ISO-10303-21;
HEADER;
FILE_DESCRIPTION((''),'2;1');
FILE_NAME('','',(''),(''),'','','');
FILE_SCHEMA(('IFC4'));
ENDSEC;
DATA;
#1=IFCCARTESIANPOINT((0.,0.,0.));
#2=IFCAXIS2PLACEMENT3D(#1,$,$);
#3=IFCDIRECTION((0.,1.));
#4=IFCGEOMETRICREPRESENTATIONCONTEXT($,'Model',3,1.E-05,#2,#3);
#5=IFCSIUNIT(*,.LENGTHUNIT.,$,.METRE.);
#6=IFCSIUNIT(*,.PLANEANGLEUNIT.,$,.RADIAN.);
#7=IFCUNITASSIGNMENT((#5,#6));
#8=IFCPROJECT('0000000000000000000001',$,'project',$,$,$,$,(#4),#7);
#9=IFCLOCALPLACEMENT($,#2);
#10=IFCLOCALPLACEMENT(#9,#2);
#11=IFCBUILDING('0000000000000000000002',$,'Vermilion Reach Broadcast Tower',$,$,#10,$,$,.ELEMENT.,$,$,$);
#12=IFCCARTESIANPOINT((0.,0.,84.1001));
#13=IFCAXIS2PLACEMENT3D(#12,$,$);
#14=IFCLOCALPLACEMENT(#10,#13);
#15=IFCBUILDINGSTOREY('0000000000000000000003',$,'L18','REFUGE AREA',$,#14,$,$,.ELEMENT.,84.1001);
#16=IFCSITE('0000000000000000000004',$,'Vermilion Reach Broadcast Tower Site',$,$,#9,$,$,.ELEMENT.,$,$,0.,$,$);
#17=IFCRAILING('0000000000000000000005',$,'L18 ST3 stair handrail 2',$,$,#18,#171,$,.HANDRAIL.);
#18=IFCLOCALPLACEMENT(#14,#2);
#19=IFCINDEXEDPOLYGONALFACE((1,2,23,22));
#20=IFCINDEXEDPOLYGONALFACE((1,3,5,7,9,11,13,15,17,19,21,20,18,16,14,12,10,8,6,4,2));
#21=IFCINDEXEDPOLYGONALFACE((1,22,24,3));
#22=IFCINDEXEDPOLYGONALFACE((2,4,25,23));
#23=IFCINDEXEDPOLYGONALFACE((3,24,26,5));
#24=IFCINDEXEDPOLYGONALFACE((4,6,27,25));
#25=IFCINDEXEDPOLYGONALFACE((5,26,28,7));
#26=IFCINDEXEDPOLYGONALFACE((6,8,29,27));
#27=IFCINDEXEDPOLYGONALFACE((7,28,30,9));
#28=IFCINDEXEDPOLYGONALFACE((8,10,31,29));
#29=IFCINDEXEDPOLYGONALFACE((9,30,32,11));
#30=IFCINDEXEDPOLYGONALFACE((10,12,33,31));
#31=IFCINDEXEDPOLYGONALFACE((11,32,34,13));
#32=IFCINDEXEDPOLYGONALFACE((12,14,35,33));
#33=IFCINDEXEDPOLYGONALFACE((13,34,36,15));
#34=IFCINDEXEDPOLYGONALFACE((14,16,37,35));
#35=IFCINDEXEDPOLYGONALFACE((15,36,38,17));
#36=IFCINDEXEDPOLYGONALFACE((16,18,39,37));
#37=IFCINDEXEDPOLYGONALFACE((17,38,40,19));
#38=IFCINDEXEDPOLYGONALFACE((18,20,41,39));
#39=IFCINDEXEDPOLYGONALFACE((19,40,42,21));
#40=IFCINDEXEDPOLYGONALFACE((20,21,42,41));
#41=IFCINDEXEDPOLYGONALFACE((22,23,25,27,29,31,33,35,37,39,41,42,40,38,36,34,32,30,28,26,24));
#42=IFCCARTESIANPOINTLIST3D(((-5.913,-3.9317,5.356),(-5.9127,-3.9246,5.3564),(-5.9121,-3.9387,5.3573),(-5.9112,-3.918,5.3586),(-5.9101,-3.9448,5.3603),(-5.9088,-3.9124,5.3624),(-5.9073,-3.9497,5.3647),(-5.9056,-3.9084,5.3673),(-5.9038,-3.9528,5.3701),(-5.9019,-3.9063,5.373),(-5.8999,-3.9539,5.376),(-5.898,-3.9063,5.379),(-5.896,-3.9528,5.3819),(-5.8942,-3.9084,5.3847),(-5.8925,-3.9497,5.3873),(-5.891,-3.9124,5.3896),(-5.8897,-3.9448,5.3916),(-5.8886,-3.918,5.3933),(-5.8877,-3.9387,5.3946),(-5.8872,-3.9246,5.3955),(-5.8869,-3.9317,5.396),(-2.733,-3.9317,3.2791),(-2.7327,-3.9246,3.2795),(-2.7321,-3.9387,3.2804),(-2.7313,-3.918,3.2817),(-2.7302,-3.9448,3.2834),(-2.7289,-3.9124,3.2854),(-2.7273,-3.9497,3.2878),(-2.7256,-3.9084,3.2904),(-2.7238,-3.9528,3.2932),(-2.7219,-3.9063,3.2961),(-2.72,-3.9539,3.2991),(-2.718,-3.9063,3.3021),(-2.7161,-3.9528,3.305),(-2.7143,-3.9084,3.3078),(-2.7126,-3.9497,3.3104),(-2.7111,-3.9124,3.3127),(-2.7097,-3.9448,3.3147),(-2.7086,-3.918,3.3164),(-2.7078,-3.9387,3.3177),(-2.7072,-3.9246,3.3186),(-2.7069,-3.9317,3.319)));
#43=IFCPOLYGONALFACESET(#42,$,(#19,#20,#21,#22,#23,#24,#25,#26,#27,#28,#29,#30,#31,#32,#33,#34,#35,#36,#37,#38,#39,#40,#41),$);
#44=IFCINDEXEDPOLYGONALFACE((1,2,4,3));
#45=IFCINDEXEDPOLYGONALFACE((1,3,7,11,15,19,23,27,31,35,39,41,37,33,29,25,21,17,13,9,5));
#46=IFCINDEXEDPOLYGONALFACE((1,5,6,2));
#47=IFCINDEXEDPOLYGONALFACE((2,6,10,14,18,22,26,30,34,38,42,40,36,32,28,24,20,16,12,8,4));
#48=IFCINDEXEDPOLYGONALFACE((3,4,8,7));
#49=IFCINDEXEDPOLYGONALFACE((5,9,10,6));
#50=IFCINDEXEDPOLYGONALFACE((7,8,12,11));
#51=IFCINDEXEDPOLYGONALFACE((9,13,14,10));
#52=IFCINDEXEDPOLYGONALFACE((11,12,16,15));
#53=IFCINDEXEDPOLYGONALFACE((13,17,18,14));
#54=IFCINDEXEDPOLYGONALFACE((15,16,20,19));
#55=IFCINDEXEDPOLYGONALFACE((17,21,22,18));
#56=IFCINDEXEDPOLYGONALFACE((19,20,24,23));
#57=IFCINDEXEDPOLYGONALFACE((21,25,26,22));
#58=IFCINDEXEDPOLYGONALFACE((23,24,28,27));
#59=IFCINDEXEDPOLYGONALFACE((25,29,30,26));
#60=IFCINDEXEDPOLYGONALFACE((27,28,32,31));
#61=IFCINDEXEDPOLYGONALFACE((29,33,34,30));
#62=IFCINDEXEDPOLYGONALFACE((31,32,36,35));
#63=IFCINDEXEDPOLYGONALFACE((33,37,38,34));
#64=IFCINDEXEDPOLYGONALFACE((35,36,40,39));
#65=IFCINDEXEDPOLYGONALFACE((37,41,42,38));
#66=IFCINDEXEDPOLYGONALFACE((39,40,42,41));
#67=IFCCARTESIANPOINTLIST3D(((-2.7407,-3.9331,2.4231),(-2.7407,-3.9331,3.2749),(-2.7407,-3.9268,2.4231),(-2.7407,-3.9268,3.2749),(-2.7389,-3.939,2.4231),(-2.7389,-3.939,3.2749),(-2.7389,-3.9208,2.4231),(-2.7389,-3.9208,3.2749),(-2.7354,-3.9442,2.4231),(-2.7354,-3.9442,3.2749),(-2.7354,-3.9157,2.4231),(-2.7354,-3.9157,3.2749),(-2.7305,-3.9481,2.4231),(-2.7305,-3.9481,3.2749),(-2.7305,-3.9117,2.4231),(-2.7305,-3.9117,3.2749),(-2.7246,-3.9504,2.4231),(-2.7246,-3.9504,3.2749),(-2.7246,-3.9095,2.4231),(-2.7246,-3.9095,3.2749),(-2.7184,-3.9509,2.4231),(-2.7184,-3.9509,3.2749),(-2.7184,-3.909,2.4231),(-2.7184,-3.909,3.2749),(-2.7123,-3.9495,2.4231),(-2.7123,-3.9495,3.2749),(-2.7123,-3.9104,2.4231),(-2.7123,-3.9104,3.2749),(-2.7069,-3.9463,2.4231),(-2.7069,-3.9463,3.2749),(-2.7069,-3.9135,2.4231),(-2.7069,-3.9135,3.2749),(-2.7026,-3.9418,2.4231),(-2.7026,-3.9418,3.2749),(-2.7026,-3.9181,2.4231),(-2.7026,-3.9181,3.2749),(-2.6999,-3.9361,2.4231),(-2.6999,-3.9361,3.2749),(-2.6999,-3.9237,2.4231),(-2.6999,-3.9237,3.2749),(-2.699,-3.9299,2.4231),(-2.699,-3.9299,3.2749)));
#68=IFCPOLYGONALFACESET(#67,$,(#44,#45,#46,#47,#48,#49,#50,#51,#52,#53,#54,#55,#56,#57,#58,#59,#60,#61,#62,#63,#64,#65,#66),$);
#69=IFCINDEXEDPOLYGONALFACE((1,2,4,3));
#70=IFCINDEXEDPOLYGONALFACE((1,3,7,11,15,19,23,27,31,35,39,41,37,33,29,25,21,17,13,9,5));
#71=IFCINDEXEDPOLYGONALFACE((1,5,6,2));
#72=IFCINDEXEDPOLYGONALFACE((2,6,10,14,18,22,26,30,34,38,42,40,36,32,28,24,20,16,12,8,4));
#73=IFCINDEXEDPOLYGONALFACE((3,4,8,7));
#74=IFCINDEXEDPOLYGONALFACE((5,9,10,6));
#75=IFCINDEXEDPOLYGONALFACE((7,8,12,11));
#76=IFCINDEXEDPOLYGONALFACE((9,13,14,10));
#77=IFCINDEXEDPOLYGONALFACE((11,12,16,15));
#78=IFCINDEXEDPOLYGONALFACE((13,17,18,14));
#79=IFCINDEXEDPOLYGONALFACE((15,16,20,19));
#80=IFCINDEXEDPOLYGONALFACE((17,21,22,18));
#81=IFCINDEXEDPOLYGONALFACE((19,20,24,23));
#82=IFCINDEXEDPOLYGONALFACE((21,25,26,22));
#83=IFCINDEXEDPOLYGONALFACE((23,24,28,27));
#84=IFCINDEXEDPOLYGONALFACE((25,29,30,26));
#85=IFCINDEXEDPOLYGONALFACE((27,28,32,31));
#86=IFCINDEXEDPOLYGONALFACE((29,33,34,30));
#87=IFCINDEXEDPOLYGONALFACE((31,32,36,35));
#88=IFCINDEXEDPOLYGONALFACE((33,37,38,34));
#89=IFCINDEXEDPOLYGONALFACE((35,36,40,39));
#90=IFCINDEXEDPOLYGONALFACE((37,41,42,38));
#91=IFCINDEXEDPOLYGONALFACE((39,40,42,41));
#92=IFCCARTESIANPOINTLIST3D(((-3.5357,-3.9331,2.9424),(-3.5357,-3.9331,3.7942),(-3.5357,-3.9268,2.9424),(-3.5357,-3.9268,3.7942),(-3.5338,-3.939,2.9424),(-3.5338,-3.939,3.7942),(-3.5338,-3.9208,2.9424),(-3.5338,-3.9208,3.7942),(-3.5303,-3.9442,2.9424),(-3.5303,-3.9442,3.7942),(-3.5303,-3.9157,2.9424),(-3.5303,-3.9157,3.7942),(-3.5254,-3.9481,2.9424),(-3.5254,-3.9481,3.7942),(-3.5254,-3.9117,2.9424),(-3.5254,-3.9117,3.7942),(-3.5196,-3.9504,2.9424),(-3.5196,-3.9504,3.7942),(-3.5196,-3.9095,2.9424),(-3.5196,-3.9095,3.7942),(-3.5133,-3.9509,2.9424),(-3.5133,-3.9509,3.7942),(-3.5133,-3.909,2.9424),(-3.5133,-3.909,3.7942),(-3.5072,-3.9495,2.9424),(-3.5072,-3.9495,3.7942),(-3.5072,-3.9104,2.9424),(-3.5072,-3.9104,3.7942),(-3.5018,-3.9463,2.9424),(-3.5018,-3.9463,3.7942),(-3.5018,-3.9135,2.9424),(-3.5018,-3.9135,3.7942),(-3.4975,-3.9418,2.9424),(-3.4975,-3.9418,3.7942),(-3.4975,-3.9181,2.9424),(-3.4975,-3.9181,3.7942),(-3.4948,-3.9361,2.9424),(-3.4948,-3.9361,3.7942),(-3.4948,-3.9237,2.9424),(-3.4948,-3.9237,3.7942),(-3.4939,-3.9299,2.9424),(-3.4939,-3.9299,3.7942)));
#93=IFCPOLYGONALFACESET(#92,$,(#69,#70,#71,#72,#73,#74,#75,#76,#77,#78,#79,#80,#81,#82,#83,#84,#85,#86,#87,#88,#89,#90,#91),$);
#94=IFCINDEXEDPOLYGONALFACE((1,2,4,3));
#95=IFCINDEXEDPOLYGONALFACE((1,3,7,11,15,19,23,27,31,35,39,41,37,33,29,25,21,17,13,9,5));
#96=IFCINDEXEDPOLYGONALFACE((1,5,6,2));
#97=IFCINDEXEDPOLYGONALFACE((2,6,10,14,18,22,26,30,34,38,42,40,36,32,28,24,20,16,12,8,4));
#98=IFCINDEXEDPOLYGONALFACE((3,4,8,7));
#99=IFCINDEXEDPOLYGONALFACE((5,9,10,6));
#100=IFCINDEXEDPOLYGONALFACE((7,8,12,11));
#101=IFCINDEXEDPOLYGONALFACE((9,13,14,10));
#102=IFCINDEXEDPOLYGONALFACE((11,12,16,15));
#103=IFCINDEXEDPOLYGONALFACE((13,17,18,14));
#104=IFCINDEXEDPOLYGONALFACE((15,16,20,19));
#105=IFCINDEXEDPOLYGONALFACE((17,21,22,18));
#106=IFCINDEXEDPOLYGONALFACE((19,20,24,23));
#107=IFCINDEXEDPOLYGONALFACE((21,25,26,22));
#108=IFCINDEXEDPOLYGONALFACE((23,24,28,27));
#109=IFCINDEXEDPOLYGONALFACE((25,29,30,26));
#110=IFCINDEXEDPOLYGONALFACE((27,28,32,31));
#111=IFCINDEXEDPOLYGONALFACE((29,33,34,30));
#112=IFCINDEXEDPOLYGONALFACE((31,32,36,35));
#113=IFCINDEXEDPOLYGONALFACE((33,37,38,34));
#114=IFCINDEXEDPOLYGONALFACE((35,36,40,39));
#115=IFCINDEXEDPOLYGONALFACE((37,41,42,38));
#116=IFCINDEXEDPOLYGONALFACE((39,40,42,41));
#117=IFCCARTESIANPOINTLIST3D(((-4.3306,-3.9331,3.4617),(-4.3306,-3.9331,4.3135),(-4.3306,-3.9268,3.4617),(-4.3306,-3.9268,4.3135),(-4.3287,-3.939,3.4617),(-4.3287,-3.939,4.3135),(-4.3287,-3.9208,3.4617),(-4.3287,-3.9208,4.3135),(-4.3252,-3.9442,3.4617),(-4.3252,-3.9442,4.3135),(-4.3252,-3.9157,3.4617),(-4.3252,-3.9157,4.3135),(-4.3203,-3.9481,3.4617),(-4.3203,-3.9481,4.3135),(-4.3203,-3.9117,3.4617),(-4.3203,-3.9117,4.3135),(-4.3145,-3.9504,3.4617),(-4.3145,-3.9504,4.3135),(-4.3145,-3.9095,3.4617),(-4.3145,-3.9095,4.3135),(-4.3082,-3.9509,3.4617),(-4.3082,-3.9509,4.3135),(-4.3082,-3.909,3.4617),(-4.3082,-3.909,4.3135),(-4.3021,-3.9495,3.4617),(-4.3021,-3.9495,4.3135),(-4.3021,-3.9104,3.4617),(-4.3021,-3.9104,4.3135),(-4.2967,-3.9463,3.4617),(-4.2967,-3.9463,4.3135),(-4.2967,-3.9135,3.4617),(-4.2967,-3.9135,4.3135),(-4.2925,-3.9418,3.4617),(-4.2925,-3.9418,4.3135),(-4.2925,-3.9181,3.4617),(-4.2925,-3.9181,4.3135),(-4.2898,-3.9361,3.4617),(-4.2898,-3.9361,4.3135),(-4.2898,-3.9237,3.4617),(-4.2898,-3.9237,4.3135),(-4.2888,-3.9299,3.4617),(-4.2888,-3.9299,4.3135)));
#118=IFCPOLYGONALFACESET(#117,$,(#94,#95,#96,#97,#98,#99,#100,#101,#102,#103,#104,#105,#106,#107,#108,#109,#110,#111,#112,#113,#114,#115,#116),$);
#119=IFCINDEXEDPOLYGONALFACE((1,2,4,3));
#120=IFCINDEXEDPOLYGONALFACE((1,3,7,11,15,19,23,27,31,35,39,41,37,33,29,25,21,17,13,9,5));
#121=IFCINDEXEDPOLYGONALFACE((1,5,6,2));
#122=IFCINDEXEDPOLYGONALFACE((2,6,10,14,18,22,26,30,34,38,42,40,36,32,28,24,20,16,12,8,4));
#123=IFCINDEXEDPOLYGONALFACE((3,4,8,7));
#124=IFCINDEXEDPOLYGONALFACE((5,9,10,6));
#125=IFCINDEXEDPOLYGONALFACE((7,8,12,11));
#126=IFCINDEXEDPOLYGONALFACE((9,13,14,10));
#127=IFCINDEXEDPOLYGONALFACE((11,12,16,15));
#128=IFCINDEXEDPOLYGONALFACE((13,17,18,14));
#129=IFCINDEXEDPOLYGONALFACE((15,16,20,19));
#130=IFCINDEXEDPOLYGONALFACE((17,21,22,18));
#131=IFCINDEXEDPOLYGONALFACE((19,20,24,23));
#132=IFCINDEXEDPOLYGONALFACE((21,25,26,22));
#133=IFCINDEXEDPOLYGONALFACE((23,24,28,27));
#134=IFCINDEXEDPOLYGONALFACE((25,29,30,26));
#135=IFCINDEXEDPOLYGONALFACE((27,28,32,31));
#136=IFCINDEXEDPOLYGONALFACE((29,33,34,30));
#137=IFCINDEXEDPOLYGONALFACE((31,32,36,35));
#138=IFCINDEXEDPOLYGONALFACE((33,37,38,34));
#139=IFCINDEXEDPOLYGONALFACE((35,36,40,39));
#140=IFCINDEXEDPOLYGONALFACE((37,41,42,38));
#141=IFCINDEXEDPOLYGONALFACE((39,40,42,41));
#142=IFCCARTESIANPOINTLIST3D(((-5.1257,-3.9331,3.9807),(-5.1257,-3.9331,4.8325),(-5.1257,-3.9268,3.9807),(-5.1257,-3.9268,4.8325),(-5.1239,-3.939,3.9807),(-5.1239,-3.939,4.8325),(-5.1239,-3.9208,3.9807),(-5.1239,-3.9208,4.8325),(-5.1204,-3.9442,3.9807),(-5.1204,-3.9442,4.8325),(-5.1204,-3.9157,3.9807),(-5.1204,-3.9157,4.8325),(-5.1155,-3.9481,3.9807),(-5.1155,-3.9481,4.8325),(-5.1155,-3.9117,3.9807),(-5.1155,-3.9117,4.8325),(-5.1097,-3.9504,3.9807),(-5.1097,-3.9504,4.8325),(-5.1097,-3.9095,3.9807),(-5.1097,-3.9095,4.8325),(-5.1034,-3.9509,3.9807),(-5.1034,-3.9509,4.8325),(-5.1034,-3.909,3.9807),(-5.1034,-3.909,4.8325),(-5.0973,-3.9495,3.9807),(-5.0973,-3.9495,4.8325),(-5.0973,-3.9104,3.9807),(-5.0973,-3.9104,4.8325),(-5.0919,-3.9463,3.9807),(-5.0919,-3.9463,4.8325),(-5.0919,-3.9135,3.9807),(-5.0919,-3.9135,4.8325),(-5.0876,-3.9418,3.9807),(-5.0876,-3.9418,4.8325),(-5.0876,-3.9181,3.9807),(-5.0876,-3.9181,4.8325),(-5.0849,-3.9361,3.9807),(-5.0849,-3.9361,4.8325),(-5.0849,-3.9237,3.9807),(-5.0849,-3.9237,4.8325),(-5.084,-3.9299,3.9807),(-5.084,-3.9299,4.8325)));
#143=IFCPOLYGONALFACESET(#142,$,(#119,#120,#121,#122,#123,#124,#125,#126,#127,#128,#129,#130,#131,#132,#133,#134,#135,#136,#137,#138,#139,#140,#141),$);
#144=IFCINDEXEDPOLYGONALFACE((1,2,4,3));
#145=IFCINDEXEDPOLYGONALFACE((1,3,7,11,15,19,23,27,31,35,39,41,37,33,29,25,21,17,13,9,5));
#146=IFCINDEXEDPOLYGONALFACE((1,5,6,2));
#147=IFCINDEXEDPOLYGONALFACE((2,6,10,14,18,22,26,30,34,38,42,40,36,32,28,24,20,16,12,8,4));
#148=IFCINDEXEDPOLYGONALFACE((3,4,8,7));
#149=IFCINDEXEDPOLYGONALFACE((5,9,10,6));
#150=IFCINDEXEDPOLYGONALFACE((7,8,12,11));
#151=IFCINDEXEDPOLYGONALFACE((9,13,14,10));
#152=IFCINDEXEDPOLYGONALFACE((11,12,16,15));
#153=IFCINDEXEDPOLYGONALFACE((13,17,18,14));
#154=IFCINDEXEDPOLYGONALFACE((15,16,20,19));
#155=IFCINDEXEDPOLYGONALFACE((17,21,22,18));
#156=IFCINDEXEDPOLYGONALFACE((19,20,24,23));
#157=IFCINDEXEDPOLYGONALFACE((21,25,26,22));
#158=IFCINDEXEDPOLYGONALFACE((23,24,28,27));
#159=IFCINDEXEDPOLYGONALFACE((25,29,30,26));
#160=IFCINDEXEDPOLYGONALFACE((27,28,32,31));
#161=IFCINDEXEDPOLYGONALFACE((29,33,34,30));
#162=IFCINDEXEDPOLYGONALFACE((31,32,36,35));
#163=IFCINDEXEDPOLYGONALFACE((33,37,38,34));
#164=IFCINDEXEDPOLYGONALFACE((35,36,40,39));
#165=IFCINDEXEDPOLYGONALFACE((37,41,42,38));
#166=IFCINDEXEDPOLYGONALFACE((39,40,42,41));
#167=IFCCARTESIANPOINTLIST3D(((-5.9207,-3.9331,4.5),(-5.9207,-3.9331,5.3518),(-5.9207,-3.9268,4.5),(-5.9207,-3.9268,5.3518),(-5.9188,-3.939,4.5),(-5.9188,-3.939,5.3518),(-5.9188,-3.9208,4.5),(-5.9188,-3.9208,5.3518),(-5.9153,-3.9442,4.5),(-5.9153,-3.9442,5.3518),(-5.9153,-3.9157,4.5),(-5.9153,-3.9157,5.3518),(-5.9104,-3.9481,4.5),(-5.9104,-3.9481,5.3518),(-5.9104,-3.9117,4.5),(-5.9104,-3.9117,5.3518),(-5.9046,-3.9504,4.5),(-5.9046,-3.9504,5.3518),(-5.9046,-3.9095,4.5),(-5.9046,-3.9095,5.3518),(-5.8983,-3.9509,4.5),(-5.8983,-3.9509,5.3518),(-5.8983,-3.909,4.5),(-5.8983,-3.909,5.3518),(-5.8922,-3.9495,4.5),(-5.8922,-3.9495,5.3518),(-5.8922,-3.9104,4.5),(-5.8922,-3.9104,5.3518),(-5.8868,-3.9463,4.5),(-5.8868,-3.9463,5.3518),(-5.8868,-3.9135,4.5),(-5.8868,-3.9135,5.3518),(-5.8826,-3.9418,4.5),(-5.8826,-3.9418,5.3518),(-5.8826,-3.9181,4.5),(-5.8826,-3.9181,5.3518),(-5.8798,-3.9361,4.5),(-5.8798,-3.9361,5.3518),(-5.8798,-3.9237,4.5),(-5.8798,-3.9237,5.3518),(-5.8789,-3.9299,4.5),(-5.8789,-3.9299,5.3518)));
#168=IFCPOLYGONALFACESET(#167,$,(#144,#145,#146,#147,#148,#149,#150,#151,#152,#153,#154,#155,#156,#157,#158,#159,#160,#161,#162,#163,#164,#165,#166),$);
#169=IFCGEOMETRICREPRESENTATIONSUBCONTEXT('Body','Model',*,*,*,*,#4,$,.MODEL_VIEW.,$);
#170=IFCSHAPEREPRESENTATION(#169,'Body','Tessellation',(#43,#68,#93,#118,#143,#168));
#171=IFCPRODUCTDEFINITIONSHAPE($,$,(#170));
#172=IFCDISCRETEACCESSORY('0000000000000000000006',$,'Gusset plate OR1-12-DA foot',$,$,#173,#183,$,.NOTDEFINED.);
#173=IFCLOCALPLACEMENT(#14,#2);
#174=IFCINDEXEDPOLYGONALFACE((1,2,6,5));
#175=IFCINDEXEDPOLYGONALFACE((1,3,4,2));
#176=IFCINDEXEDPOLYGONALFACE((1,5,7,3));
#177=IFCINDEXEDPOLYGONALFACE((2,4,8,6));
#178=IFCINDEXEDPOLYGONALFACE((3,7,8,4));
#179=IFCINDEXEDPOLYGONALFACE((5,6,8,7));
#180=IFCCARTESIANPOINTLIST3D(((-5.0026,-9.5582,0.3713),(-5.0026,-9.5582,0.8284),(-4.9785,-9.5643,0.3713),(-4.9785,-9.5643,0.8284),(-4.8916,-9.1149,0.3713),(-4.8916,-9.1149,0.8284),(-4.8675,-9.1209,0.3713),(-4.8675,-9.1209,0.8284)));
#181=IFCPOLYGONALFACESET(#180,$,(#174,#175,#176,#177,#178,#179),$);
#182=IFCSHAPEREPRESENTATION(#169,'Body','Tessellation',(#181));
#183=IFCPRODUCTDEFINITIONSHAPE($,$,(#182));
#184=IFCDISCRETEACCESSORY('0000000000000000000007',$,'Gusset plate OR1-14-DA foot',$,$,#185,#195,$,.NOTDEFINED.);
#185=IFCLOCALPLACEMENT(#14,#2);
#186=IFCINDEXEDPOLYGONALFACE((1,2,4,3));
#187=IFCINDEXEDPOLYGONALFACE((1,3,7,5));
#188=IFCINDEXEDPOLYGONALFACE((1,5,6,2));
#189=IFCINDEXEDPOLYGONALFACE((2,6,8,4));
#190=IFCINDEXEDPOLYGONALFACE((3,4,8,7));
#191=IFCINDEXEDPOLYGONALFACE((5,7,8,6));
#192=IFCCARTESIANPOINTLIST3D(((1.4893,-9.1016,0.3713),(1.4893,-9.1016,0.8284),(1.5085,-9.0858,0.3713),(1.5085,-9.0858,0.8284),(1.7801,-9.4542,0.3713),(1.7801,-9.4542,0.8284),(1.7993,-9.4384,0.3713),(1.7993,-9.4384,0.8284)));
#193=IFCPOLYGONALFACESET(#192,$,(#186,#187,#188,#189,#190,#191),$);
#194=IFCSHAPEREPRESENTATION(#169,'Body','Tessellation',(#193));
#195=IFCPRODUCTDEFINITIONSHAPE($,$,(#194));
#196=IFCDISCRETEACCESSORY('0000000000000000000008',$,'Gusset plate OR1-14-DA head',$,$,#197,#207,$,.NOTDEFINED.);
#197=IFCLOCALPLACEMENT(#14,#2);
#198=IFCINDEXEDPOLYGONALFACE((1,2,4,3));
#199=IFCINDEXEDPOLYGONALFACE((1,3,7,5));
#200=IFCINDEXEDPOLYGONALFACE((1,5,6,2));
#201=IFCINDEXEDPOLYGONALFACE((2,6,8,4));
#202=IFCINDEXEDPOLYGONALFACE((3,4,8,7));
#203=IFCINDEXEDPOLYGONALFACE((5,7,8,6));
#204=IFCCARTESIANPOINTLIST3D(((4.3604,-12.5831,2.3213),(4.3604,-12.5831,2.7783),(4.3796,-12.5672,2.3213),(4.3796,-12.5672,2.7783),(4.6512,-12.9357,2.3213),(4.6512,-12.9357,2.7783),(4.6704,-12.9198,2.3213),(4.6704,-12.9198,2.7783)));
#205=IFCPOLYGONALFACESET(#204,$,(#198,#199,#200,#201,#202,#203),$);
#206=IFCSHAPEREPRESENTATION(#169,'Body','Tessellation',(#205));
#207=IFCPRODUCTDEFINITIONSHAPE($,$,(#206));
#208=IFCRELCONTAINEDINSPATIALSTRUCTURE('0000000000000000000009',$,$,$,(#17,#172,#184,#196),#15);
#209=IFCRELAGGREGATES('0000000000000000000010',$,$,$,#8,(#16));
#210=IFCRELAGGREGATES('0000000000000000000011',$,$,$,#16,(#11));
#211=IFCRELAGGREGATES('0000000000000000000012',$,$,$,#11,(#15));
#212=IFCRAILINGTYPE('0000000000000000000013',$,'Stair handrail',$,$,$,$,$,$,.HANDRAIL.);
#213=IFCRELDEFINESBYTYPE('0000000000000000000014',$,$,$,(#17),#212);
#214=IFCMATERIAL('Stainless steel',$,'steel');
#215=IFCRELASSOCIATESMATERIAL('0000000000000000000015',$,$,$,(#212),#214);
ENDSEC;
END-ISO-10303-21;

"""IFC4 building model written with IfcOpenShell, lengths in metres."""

from ifc_helpers import new_model, si_unit, direction, frame, origin, origin_2d, place, context, subcontext, project, spatial, rectangle, circle, extrude, material, type_object, element, save


model = new_model("IFC4")

# Units and contexts
model_context = context("Model", 3, precision=1e-05, world=origin(), true_north=direction((0.0, 1.0)))
body_context = subcontext(model_context, "Body", "Model", "MODEL_VIEW")
ifc_project = project(units=[si_unit("LENGTHUNIT", "METRE"), si_unit("PLANEANGLEUNIT", "RADIAN")], contexts=[model_context])

# Site, building, storey
site_placement = place(None, origin())
site = spatial("IfcSite", under=ifc_project, at=site_placement, Name="Vermilion Reach Broadcast Tower Site", CompositionType="ELEMENT", RefElevation=0.0)
building_placement = place(site_placement, origin())
building = spatial("IfcBuilding", under=site, at=building_placement, Name="Vermilion Reach Broadcast Tower", CompositionType="ELEMENT")
storey_placement = place(building_placement, frame((0.0, 0.0, 84.1001)))
storey = spatial("IfcBuildingStorey", under=building, at=storey_placement, Name="L18", Description="REFUGE AREA", CompositionType="ELEMENT", Elevation=84.1001)

# Railing
ifc_material_1 = material(Name="Stainless steel", Category="steel")
railing_type_1 = type_object("IfcRailingType", Name="Stair handrail", PredefinedType="HANDRAIL", material=ifc_material_1)
railing_1_placement = place(storey_placement, frame((-2.72, -3.9299, 2.4231)))
element("IfcRailing", 1, at=railing_1_placement, inside=storey, type_object=railing_type_1, Name="L18 ST3 stair handrail 2", PredefinedType="HANDRAIL", context=body_context, shape_type="SweptSolid", body=[
    extrude(circle(Radius=0.0239, at=origin_2d()), frame((0.0, 0.0, 0.876), z_axis=(-0.837245, 0.0, 0.546828), x_axis=(0.0, -1.0, 0.0)), (0.0, 0.0, 1.0), 3.7981),
    extrude(circle(Radius=0.021, at=origin_2d()), origin(), (0.0, 0.0, 1.0), 0.8518),
    extrude(circle(Radius=0.021, at=origin_2d()), frame((-0.7949, 0.0, 0.5193)), (0.0, 0.0, 1.0), 0.8518),
    extrude(circle(Radius=0.021, at=origin_2d()), frame((-1.5898, 0.0, 1.0386)), (0.0, 0.0, 1.0), 0.8518),
    extrude(circle(Radius=0.021, at=origin_2d()), frame((-2.385, 0.0, 1.5576)), (0.0, 0.0, 1.0), 0.8518),
    extrude(circle(Radius=0.021, at=origin_2d()), frame((-3.1799, 0.0, 2.0769)), (0.0, 0.0, 1.0), 0.8518),
])

# Discrete accessories
for number, where, z_axis, x_axis, name in (
    (2, (-4.9351, -9.3396, 0.3713), (0.0, 0.0, 1.0), (0.970061, -0.242861, 0.0), "Gusset plate OR1-12-DA foot"),
    (3, (1.6443, -9.27, 0.3713), (0.0, 0.0, 1.0), (0.771515, 0.636211, 0.0), "Gusset plate OR1-14-DA foot"),
    (4, (4.5154, -12.7515, 2.3213), (0.0, 0.0, 1.0), (0.771515, 0.636211, 0.0), "Gusset plate OR1-14-DA head"),
):
    element("IfcDiscreteAccessory", number, at=place(storey_placement, frame(where, z_axis=z_axis, x_axis=x_axis)), inside=storey, Name=name, PredefinedType="NOTDEFINED", context=body_context, shape_type="SweptSolid", body=[
        extrude(rectangle(XDim=0.0249, YDim=0.457, at=origin_2d()), origin(), (0.0, 0.0, 1.0), 0.457),
    ])

save(model, "model.ifc")
